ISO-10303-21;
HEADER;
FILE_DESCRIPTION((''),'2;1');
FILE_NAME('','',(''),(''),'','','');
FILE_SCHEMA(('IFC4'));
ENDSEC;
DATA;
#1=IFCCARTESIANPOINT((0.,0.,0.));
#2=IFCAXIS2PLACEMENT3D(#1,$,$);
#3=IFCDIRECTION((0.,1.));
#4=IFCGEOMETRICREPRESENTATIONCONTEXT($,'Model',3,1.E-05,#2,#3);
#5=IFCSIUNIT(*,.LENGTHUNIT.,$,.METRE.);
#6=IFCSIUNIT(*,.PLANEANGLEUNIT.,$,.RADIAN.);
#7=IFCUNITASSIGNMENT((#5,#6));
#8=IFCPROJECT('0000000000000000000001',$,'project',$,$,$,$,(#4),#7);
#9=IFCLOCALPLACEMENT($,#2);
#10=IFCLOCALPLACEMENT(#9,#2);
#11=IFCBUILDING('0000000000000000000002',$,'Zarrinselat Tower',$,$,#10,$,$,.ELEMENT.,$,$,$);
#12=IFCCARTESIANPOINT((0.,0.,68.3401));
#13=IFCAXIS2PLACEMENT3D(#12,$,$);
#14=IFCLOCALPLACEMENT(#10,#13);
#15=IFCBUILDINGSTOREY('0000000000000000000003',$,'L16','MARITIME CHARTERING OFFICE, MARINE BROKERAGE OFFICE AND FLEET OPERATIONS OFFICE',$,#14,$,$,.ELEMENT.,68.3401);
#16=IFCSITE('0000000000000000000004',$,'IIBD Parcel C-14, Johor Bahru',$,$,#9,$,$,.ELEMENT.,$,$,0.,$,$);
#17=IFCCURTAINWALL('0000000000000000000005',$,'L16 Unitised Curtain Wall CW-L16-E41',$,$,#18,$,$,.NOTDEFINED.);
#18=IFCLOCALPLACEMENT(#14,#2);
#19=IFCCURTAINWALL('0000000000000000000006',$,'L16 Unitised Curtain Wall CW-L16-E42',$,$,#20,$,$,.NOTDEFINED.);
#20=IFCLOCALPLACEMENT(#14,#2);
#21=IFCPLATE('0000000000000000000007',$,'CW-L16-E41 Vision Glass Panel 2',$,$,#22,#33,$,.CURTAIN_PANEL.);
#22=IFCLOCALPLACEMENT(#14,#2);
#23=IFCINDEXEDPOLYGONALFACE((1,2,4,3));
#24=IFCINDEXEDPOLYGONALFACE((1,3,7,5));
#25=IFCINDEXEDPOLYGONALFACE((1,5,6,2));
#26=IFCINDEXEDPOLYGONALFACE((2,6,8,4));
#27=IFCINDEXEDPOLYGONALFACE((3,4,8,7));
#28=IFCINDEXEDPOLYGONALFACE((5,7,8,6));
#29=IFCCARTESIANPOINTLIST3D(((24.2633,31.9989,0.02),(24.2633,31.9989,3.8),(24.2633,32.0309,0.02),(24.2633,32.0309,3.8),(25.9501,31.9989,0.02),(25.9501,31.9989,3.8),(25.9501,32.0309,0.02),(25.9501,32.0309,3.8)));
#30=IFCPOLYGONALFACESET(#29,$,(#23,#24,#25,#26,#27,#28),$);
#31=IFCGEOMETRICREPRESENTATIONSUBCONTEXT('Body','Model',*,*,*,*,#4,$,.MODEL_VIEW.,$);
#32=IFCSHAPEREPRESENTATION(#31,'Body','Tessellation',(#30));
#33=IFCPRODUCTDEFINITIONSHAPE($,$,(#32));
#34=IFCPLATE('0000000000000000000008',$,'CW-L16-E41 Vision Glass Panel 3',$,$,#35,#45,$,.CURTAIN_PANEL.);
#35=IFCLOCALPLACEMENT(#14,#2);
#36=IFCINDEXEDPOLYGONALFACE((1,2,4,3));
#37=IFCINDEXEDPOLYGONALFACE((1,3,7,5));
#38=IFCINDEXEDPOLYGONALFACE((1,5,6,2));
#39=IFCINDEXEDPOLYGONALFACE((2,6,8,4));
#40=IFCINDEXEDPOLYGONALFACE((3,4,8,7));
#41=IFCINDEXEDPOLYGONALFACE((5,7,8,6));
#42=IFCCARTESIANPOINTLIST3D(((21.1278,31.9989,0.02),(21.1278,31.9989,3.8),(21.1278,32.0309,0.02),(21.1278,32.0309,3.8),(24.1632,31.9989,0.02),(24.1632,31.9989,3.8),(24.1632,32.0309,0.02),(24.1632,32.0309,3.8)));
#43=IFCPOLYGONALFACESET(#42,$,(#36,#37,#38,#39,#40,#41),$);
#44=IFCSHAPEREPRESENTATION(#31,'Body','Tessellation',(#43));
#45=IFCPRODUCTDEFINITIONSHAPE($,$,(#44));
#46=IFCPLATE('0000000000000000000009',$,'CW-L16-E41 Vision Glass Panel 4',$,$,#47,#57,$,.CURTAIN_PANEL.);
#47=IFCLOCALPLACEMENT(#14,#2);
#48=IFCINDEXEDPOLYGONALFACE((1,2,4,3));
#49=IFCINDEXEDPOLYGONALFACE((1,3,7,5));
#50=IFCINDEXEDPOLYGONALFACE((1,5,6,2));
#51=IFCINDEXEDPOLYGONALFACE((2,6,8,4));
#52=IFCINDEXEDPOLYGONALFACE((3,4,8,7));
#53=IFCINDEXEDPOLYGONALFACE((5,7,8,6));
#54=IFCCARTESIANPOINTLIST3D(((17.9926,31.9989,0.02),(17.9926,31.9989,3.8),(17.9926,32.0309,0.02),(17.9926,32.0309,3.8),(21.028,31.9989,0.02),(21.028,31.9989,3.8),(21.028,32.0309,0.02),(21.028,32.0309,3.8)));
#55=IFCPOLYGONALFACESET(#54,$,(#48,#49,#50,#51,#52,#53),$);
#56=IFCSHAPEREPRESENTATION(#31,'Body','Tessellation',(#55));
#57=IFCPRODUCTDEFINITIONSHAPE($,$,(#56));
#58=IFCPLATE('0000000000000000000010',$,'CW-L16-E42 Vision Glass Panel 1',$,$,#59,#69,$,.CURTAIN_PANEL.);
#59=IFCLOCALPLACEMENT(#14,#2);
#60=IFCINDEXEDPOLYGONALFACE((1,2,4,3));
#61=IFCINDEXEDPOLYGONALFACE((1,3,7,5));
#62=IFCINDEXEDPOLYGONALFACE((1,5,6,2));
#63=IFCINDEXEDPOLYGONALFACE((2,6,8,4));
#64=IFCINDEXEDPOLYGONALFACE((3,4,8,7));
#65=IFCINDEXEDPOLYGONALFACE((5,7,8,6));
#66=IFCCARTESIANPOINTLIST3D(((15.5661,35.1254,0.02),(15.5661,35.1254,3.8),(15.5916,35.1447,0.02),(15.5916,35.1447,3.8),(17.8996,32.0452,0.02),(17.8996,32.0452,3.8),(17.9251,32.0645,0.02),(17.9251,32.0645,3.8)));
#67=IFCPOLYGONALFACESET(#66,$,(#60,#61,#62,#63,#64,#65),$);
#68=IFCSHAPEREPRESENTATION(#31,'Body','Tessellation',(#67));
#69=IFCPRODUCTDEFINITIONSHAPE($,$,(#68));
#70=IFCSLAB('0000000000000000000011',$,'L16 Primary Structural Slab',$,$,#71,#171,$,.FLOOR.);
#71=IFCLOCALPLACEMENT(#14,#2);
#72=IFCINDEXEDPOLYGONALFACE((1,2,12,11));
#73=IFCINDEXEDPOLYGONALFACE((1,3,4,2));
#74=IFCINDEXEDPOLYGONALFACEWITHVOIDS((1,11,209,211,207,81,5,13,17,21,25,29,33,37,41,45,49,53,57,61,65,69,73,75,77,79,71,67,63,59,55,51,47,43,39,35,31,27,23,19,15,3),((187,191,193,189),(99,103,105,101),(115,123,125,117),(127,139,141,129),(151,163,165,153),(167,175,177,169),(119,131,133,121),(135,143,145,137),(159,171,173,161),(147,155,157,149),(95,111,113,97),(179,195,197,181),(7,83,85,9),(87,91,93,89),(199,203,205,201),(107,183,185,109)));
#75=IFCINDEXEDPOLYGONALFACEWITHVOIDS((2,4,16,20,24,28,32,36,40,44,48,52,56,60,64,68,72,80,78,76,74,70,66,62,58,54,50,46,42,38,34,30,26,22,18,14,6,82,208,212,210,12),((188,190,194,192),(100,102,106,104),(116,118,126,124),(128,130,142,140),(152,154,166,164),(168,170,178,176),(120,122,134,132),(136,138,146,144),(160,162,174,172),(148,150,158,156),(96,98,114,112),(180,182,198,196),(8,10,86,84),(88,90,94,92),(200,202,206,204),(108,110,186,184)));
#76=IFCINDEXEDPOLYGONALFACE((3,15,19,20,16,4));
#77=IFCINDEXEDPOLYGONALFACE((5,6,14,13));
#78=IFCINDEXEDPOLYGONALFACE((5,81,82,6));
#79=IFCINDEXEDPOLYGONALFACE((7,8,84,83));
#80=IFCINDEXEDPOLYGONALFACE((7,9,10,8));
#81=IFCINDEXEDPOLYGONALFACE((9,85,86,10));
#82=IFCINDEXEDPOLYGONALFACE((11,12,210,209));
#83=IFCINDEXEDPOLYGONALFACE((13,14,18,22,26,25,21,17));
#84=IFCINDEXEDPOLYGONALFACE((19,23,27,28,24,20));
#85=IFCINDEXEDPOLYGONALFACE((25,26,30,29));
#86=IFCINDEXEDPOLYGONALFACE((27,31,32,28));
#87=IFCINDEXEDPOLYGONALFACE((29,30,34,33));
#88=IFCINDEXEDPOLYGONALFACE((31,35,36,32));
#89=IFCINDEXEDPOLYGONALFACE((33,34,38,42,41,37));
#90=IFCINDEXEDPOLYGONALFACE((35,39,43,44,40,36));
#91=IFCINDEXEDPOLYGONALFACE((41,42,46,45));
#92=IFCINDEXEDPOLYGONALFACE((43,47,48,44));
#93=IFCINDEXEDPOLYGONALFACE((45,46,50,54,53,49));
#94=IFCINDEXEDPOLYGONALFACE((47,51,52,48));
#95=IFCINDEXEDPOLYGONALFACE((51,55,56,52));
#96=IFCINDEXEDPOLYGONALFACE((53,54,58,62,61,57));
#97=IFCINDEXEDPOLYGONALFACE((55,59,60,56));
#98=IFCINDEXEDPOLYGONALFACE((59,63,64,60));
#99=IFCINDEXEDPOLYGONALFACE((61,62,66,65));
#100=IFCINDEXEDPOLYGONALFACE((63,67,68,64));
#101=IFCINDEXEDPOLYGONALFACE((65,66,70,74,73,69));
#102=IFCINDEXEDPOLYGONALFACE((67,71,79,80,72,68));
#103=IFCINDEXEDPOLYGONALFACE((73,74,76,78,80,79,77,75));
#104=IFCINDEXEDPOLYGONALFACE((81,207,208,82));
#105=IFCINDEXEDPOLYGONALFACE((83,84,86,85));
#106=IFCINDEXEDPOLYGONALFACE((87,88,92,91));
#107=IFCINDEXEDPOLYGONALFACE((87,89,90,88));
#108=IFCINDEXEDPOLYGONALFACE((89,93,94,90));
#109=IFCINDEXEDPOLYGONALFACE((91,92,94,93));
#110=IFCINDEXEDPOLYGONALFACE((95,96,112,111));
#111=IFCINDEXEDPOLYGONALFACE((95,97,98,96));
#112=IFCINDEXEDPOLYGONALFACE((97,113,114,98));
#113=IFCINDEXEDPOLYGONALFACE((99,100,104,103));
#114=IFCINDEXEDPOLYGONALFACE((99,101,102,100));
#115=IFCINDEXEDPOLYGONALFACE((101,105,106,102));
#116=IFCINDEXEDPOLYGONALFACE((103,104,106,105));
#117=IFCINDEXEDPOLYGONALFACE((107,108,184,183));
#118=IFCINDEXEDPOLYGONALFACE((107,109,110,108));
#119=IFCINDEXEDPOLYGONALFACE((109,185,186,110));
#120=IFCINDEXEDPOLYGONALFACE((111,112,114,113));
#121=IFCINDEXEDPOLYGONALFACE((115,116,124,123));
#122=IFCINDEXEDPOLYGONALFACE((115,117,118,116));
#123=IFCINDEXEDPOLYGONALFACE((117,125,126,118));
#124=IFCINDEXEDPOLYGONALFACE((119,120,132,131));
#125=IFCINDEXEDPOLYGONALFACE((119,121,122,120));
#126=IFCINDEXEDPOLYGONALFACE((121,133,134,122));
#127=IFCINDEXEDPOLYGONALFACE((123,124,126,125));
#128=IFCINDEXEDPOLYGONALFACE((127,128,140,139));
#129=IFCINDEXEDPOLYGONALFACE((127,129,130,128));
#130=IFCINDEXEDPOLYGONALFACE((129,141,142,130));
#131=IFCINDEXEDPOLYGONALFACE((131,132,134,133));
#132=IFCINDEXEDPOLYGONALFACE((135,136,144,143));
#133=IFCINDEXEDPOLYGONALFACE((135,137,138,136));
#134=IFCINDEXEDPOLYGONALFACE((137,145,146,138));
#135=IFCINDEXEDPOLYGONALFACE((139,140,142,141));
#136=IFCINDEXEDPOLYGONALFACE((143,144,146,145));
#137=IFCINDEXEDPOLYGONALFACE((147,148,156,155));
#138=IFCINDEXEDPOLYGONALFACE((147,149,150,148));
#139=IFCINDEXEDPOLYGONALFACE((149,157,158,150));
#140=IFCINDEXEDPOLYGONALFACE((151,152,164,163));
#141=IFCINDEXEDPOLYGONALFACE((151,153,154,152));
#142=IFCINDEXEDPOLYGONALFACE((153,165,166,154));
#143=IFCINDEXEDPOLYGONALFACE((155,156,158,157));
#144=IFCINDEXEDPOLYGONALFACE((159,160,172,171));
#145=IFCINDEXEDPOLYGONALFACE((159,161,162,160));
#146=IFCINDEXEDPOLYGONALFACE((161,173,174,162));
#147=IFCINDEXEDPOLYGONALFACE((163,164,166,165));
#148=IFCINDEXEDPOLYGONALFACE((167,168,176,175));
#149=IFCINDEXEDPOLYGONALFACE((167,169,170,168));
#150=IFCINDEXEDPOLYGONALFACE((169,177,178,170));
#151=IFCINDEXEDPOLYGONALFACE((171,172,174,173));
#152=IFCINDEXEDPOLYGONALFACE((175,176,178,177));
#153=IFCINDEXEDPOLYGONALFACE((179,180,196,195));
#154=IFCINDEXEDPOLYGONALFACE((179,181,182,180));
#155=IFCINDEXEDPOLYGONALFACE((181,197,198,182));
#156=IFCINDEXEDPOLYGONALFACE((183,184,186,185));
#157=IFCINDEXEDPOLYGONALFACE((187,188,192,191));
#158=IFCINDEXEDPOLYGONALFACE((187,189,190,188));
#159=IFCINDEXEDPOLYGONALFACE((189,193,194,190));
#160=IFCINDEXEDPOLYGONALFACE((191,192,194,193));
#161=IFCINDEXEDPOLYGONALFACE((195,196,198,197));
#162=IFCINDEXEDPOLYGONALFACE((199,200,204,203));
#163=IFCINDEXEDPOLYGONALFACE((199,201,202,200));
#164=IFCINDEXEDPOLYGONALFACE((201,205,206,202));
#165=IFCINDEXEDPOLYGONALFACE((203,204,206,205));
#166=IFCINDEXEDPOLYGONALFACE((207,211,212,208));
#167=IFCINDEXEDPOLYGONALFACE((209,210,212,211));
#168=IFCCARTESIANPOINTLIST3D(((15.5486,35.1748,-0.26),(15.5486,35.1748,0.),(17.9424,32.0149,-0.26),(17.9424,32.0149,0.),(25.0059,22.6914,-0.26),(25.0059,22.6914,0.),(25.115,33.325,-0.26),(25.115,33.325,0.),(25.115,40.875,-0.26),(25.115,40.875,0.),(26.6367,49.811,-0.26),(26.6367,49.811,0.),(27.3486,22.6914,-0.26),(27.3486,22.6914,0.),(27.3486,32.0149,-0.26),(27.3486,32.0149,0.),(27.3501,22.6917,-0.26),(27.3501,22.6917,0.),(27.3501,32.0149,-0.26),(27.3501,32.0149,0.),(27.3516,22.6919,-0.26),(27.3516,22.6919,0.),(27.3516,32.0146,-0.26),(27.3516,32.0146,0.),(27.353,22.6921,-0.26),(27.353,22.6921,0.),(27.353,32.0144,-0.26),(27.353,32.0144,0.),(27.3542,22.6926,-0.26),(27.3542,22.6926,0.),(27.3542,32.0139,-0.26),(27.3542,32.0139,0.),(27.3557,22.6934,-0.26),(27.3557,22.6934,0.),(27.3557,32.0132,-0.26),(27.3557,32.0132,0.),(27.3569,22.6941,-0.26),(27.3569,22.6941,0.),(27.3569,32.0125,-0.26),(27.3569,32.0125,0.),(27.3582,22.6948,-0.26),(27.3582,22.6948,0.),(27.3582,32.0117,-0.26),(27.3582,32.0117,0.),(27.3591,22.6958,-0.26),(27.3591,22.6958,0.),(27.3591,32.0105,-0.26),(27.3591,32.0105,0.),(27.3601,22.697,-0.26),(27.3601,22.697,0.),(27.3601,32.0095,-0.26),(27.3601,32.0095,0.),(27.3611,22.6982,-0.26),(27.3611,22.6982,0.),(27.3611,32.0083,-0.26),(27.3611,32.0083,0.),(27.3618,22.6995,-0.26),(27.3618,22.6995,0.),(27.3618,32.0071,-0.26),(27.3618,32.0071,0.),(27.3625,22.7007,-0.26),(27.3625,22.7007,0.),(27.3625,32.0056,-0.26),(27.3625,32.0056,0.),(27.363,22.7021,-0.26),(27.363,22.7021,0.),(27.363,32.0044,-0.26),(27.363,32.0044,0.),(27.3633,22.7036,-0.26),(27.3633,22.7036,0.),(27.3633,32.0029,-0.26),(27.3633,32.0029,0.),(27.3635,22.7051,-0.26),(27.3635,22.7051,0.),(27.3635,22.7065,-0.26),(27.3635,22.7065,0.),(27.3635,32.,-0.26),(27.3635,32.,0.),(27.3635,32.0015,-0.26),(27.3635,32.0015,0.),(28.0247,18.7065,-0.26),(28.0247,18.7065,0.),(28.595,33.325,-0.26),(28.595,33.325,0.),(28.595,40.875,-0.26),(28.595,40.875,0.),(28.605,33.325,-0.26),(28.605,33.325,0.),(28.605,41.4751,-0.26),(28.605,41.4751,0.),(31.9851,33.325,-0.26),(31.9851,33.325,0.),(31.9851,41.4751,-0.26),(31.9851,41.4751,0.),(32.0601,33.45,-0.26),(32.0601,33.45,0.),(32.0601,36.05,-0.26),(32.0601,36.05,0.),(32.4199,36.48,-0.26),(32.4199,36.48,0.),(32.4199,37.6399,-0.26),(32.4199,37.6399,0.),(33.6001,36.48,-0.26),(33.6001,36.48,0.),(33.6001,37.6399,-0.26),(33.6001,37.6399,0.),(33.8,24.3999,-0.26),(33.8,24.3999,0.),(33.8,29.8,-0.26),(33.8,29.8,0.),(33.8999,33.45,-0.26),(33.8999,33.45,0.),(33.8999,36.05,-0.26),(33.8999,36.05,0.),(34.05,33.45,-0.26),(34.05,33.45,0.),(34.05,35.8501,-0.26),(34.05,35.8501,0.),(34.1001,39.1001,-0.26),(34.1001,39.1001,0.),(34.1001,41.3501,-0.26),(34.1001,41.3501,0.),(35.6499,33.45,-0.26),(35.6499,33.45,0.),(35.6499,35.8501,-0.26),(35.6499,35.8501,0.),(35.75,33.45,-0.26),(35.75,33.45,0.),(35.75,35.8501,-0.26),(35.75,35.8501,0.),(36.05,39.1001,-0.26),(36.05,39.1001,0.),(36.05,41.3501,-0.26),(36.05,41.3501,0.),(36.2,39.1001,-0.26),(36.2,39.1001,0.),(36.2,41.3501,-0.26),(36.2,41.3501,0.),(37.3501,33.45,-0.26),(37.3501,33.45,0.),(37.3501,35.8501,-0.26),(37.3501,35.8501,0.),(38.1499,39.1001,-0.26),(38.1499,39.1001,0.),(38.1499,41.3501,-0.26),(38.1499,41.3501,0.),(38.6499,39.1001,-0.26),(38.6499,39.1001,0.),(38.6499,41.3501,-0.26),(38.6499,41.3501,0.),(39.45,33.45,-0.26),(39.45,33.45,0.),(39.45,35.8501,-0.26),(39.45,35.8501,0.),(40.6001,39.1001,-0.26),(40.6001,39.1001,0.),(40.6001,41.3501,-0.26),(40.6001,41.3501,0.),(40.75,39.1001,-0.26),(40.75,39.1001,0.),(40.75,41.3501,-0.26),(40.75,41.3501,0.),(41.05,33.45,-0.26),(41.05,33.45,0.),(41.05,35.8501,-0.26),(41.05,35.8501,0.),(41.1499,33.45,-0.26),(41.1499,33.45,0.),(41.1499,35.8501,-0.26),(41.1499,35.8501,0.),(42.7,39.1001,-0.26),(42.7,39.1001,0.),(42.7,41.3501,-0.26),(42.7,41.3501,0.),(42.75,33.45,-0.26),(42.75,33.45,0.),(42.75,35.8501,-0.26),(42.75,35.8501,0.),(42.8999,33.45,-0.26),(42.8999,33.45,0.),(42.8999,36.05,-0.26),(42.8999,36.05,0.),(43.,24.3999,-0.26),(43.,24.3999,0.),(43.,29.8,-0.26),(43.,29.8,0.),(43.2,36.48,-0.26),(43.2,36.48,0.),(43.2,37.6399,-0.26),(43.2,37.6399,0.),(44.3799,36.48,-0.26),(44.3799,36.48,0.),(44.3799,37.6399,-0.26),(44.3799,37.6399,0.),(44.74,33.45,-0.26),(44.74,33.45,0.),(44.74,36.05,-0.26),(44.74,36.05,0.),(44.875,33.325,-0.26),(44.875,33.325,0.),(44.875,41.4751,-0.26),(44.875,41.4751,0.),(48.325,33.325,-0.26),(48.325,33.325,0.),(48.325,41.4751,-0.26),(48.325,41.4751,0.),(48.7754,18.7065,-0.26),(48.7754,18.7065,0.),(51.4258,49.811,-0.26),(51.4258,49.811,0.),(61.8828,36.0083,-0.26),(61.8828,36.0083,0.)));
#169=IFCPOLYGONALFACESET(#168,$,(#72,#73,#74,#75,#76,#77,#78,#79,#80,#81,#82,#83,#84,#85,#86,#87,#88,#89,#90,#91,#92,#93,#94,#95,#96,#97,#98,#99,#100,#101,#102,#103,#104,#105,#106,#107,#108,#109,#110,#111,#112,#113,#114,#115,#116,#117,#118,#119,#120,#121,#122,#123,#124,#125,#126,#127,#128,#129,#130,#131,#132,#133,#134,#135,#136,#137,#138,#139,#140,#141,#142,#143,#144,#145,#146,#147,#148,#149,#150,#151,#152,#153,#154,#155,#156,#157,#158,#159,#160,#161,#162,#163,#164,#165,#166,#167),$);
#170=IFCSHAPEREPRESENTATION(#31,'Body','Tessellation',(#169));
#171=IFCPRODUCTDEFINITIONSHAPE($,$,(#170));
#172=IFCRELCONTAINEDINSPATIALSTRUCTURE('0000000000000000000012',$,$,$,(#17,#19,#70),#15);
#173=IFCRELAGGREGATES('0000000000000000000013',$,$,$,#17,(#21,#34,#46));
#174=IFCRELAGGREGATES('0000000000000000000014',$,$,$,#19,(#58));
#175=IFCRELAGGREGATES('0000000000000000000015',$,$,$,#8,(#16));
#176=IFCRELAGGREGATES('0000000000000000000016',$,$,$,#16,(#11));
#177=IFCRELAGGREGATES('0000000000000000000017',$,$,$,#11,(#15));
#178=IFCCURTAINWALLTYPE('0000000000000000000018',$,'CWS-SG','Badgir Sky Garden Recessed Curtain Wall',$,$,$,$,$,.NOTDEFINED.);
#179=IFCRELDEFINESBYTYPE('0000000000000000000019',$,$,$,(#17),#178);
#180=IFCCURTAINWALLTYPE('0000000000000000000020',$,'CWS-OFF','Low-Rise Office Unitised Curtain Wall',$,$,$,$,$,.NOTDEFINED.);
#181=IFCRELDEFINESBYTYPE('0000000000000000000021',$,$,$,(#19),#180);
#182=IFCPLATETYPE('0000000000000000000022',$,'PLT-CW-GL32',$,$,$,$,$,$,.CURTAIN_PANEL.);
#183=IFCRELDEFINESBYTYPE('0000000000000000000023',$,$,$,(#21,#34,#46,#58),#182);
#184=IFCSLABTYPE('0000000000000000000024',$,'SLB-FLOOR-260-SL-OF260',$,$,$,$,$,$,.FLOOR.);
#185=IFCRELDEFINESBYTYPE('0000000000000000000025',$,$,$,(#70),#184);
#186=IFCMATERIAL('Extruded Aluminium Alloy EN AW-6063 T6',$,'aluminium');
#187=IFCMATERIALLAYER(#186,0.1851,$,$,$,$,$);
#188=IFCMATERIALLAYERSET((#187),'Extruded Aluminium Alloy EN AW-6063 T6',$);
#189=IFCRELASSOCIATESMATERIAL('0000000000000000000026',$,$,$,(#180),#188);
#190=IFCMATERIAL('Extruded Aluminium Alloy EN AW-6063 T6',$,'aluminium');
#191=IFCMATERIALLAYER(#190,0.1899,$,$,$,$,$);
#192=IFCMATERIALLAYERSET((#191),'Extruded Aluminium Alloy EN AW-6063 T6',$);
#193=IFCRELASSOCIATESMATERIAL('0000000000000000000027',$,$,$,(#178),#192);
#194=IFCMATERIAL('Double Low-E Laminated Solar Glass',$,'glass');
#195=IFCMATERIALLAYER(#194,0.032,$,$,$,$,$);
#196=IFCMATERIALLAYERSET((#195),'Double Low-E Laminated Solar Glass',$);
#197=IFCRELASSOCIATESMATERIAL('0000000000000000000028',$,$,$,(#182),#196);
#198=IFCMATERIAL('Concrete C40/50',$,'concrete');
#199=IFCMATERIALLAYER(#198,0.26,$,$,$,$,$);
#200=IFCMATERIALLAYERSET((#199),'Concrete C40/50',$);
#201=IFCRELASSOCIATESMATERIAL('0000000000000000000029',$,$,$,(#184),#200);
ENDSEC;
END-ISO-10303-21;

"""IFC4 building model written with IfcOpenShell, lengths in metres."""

from ifc_helpers import new_model, si_unit, direction, frame, origin, origin_2d, place, context, subcontext, project, spatial, polyline, rectangle, outline, extrude, material, layer, layer_set, type_object, element, aggregate, save


model = new_model("IFC4")

# Units and contexts
model_context = context("Model", 3, precision=1e-05, world=origin(), true_north=direction((0.0, 1.0)))
body_context = subcontext(model_context, "Body", "Model", "MODEL_VIEW")
ifc_project = project(units=[si_unit("LENGTHUNIT", "METRE"), si_unit("PLANEANGLEUNIT", "RADIAN")], contexts=[model_context])

# Site, building, storey
site_placement = place(None, origin())
site = spatial("IfcSite", under=ifc_project, at=site_placement, Name="IIBD Parcel C-14, Johor Bahru", CompositionType="ELEMENT", RefElevation=0.0)
building_placement = place(site_placement, origin())
building = spatial("IfcBuilding", under=site, at=building_placement, Name="Zarrinselat Tower", CompositionType="ELEMENT")
storey_placement = place(building_placement, frame((0.0, 0.0, 68.3401)))
storey = spatial("IfcBuildingStorey", under=building, at=storey_placement, Name="L16", Description="MARITIME CHARTERING OFFICE, MARINE BROKERAGE OFFICE AND FLEET OPERATIONS OFFICE", CompositionType="ELEMENT", Elevation=68.3401)

# Shared definitions
ifc_material_1 = material(Name="Extruded Aluminium Alloy EN AW-6063 T6", Category="aluminium")
ifc_layer_1 = layer(ifc_material_1, 0.1851)
ifc_layer_set_1 = layer_set([ifc_layer_1], Name="Extruded Aluminium Alloy EN AW-6063 T6")
curtain_wall_type_1 = type_object("IfcCurtainWallType", Name="CWS-OFF", Description="Low-Rise Office Unitised Curtain Wall", PredefinedType="NOTDEFINED", material=ifc_layer_set_1)
ifc_material_2 = material(Name="Extruded Aluminium Alloy EN AW-6063 T6", Category="aluminium")
ifc_layer_2 = layer(ifc_material_2, 0.1899)
ifc_layer_set_2 = layer_set([ifc_layer_2], Name="Extruded Aluminium Alloy EN AW-6063 T6")
curtain_wall_type_2 = type_object("IfcCurtainWallType", Name="CWS-SG", Description="Badgir Sky Garden Recessed Curtain Wall", PredefinedType="NOTDEFINED", material=ifc_layer_set_2)

# Curtain wall
curtain_wall_1_placement = place(storey_placement, origin())
curtain_wall_1 = element("IfcCurtainWall", 1, at=curtain_wall_1_placement, inside=storey, type_object=curtain_wall_type_2, Name="L16 Unitised Curtain Wall CW-L16-E41", PredefinedType="NOTDEFINED")

# Curtain wall
curtain_wall_2_placement = place(storey_placement, origin())
curtain_wall_2 = element("IfcCurtainWall", 2, at=curtain_wall_2_placement, inside=storey, type_object=curtain_wall_type_1, Name="L16 Unitised Curtain Wall CW-L16-E42", PredefinedType="NOTDEFINED")

# Plates
ifc_material_3 = material(Name="Double Low-E Laminated Solar Glass", Category="glass")
ifc_layer_3 = layer(ifc_material_3, 0.032)
ifc_layer_set_3 = layer_set([ifc_layer_3], Name="Double Low-E Laminated Solar Glass")
plate_type = type_object("IfcPlateType", Name="PLT-CW-GL32", PredefinedType="CURTAIN_PANEL", material=ifc_layer_set_3)
plate_1_placement = place(storey_placement, frame((25.1067, 32.0149, 0.02), z_axis=(0.0, 0.0, 1.0), x_axis=(-1.0, 0.0, 0.0)))
plate_1 = element("IfcPlate", 3, at=plate_1_placement, type_object=plate_type, Name="CW-L16-E41 Vision Glass Panel 2", PredefinedType="CURTAIN_PANEL", context=body_context, shape_type="SweptSolid", body=[
    extrude(rectangle(XDim=1.6868, YDim=0.032, at=origin_2d()), origin(), (0.0, 0.0, 1.0), 3.78),
])
plate_2_placement = place(storey_placement, frame((22.6455, 32.0149, 0.02), z_axis=(0.0, 0.0, 1.0), x_axis=(-1.0, 0.0, 0.0)))
plate_2 = element("IfcPlate", 4, at=plate_2_placement, type_object=plate_type, Name="CW-L16-E41 Vision Glass Panel 3", PredefinedType="CURTAIN_PANEL", context=body_context, shape_type="SweptSolid", body=[
    extrude(rectangle(XDim=3.0354, YDim=0.032, at=origin_2d()), origin(), (0.0, 0.0, 1.0), 3.78),
])
plate_3_placement = place(storey_placement, frame((19.5103, 32.0149, 0.02), z_axis=(0.0, 0.0, 1.0), x_axis=(-1.0, 0.0, 0.0)))
plate_3 = element("IfcPlate", 5, at=plate_3_placement, type_object=plate_type, Name="CW-L16-E41 Vision Glass Panel 4", PredefinedType="CURTAIN_PANEL", context=body_context, shape_type="SweptSolid", body=[
    extrude(rectangle(XDim=3.0354, YDim=0.032, at=origin_2d()), origin(), (0.0, 0.0, 1.0), 3.78),
])
aggregate(curtain_wall_1, [plate_1, plate_2, plate_3])
plate_4_placement = place(storey_placement, frame((16.7456, 33.595, 0.02), z_axis=(0.0, 0.0, 1.0), x_axis=(-0.603859, 0.797091, 0.0)))
plate_4 = element("IfcPlate", 6, at=plate_4_placement, type_object=plate_type, Name="CW-L16-E42 Vision Glass Panel 1", PredefinedType="CURTAIN_PANEL", context=body_context, shape_type="SweptSolid", body=[
    extrude(rectangle(XDim=3.8643, YDim=0.032, at=origin_2d()), origin(), (0.0, 0.0, 1.0), 3.78),
])
aggregate(curtain_wall_2, [plate_4])

# Slab
ifc_material_4 = material(Name="Concrete C40/50", Category="concrete")
ifc_layer_4 = layer(ifc_material_4, 0.26)
ifc_layer_set_4 = layer_set([ifc_layer_4], Name="Concrete C40/50")
slab_type_1 = type_object("IfcSlabType", Name="SLB-FLOOR-260-SL-OF260", PredefinedType="FLOOR", material=ifc_layer_set_4)
slab_1_placement = place(storey_placement, frame((0.0, 0.0, -0.26)))
element("IfcSlab", 7, at=slab_1_placement, inside=storey, type_object=slab_type_1, Name="L16 Primary Structural Slab", PredefinedType="FLOOR", context=body_context, shape_type="SweptSolid", body=[
    extrude(outline(polyline([(15.5486, 35.1748), (26.6367, 49.811), (51.4258, 49.811), (61.8828, 36.0083), (48.7754, 18.7065), (28.0247, 18.7065), (25.0059, 22.6914), (27.3486, 22.6914), (27.3501, 22.6917), (27.3516, 22.6919), (27.353, 22.6921), (27.3542, 22.6926), (27.3557, 22.6934), (27.3569, 22.6941), (27.3582, 22.6948), (27.3591, 22.6958), (27.3601, 22.697), (27.3611, 22.6982), (27.3618, 22.6995), (27.3625, 22.7007), (27.363, 22.7021), (27.3633, 22.7036), (27.3635, 22.7051), (27.3635, 22.7065), (27.3635, 32.0), (27.3635, 32.0015), (27.3633, 32.0029), (27.363, 32.0044), (27.3625, 32.0056), (27.3618, 32.0071), (27.3611, 32.0083), (27.3601, 32.0095), (27.3591, 32.0105), (27.3582, 32.0117), (27.3569, 32.0125), (27.3557, 32.0132), (27.3542, 32.0139), (27.353, 32.0144), (27.3516, 32.0146), (27.3501, 32.0149), (27.3486, 32.0149), (17.9424, 32.0149), (15.5486, 35.1748)]), holes=[polyline([(34.05, 33.45), (34.05, 35.8501), (35.6499, 35.8501), (35.6499, 33.45), (34.05, 33.45)]), polyline([(35.75, 33.45), (35.75, 35.8501), (37.3501, 35.8501), (37.3501, 33.45), (35.75, 33.45)]), polyline([(32.0601, 33.45), (32.0601, 36.05), (33.8999, 36.05), (33.8999, 33.45), (32.0601, 33.45)]), polyline([(32.4199, 36.48), (32.4199, 37.6399), (33.6001, 37.6399), (33.6001, 36.48), (32.4199, 36.48)]), polyline([(28.595, 33.325), (25.115, 33.325), (25.115, 40.875), (28.595, 40.875), (28.595, 33.325)]), polyline([(31.9851, 33.325), (28.605, 33.325), (28.605, 41.4751), (31.9851, 41.4751), (31.9851, 33.325)]), polyline([(34.1001, 39.1001), (34.1001, 41.3501), (36.05, 41.3501), (36.05, 39.1001), (34.1001, 39.1001)]), polyline([(36.2, 39.1001), (36.2, 41.3501), (38.1499, 41.3501), (38.1499, 39.1001), (36.2, 39.1001)]), polyline([(33.8, 24.3999), (33.8, 29.8), (43.0, 29.8), (43.0, 24.3999), (33.8, 24.3999)]), polyline([(39.45, 33.45), (39.45, 35.8501), (41.05, 35.8501), (41.05, 33.45), (39.45, 33.45)]), polyline([(41.1499, 33.45), (41.1499, 35.8501), (42.75, 35.8501), (42.75, 33.45), (41.1499, 33.45)]), polyline([(42.8999, 33.45), (42.8999, 36.05), (44.74, 36.05), (44.74, 33.45), (42.8999, 33.45)]), polyline([(43.2, 36.48), (43.2, 37.6399), (44.3799, 37.6399), (44.3799, 36.48), (43.2, 36.48)]), polyline([(48.325, 33.325), (44.875, 33.325), (44.875, 41.4751), (48.325, 41.4751), (48.325, 33.325)]), polyline([(38.6499, 39.1001), (38.6499, 41.3501), (40.6001, 41.3501), (40.6001, 39.1001), (38.6499, 39.1001)]), polyline([(40.75, 39.1001), (40.75, 41.3501), (42.7, 41.3501), (42.7, 39.1001), (40.75, 39.1001)])]), origin(), (0.0, 0.0, 1.0), 0.26),
])

save(model, "model.ifc")
